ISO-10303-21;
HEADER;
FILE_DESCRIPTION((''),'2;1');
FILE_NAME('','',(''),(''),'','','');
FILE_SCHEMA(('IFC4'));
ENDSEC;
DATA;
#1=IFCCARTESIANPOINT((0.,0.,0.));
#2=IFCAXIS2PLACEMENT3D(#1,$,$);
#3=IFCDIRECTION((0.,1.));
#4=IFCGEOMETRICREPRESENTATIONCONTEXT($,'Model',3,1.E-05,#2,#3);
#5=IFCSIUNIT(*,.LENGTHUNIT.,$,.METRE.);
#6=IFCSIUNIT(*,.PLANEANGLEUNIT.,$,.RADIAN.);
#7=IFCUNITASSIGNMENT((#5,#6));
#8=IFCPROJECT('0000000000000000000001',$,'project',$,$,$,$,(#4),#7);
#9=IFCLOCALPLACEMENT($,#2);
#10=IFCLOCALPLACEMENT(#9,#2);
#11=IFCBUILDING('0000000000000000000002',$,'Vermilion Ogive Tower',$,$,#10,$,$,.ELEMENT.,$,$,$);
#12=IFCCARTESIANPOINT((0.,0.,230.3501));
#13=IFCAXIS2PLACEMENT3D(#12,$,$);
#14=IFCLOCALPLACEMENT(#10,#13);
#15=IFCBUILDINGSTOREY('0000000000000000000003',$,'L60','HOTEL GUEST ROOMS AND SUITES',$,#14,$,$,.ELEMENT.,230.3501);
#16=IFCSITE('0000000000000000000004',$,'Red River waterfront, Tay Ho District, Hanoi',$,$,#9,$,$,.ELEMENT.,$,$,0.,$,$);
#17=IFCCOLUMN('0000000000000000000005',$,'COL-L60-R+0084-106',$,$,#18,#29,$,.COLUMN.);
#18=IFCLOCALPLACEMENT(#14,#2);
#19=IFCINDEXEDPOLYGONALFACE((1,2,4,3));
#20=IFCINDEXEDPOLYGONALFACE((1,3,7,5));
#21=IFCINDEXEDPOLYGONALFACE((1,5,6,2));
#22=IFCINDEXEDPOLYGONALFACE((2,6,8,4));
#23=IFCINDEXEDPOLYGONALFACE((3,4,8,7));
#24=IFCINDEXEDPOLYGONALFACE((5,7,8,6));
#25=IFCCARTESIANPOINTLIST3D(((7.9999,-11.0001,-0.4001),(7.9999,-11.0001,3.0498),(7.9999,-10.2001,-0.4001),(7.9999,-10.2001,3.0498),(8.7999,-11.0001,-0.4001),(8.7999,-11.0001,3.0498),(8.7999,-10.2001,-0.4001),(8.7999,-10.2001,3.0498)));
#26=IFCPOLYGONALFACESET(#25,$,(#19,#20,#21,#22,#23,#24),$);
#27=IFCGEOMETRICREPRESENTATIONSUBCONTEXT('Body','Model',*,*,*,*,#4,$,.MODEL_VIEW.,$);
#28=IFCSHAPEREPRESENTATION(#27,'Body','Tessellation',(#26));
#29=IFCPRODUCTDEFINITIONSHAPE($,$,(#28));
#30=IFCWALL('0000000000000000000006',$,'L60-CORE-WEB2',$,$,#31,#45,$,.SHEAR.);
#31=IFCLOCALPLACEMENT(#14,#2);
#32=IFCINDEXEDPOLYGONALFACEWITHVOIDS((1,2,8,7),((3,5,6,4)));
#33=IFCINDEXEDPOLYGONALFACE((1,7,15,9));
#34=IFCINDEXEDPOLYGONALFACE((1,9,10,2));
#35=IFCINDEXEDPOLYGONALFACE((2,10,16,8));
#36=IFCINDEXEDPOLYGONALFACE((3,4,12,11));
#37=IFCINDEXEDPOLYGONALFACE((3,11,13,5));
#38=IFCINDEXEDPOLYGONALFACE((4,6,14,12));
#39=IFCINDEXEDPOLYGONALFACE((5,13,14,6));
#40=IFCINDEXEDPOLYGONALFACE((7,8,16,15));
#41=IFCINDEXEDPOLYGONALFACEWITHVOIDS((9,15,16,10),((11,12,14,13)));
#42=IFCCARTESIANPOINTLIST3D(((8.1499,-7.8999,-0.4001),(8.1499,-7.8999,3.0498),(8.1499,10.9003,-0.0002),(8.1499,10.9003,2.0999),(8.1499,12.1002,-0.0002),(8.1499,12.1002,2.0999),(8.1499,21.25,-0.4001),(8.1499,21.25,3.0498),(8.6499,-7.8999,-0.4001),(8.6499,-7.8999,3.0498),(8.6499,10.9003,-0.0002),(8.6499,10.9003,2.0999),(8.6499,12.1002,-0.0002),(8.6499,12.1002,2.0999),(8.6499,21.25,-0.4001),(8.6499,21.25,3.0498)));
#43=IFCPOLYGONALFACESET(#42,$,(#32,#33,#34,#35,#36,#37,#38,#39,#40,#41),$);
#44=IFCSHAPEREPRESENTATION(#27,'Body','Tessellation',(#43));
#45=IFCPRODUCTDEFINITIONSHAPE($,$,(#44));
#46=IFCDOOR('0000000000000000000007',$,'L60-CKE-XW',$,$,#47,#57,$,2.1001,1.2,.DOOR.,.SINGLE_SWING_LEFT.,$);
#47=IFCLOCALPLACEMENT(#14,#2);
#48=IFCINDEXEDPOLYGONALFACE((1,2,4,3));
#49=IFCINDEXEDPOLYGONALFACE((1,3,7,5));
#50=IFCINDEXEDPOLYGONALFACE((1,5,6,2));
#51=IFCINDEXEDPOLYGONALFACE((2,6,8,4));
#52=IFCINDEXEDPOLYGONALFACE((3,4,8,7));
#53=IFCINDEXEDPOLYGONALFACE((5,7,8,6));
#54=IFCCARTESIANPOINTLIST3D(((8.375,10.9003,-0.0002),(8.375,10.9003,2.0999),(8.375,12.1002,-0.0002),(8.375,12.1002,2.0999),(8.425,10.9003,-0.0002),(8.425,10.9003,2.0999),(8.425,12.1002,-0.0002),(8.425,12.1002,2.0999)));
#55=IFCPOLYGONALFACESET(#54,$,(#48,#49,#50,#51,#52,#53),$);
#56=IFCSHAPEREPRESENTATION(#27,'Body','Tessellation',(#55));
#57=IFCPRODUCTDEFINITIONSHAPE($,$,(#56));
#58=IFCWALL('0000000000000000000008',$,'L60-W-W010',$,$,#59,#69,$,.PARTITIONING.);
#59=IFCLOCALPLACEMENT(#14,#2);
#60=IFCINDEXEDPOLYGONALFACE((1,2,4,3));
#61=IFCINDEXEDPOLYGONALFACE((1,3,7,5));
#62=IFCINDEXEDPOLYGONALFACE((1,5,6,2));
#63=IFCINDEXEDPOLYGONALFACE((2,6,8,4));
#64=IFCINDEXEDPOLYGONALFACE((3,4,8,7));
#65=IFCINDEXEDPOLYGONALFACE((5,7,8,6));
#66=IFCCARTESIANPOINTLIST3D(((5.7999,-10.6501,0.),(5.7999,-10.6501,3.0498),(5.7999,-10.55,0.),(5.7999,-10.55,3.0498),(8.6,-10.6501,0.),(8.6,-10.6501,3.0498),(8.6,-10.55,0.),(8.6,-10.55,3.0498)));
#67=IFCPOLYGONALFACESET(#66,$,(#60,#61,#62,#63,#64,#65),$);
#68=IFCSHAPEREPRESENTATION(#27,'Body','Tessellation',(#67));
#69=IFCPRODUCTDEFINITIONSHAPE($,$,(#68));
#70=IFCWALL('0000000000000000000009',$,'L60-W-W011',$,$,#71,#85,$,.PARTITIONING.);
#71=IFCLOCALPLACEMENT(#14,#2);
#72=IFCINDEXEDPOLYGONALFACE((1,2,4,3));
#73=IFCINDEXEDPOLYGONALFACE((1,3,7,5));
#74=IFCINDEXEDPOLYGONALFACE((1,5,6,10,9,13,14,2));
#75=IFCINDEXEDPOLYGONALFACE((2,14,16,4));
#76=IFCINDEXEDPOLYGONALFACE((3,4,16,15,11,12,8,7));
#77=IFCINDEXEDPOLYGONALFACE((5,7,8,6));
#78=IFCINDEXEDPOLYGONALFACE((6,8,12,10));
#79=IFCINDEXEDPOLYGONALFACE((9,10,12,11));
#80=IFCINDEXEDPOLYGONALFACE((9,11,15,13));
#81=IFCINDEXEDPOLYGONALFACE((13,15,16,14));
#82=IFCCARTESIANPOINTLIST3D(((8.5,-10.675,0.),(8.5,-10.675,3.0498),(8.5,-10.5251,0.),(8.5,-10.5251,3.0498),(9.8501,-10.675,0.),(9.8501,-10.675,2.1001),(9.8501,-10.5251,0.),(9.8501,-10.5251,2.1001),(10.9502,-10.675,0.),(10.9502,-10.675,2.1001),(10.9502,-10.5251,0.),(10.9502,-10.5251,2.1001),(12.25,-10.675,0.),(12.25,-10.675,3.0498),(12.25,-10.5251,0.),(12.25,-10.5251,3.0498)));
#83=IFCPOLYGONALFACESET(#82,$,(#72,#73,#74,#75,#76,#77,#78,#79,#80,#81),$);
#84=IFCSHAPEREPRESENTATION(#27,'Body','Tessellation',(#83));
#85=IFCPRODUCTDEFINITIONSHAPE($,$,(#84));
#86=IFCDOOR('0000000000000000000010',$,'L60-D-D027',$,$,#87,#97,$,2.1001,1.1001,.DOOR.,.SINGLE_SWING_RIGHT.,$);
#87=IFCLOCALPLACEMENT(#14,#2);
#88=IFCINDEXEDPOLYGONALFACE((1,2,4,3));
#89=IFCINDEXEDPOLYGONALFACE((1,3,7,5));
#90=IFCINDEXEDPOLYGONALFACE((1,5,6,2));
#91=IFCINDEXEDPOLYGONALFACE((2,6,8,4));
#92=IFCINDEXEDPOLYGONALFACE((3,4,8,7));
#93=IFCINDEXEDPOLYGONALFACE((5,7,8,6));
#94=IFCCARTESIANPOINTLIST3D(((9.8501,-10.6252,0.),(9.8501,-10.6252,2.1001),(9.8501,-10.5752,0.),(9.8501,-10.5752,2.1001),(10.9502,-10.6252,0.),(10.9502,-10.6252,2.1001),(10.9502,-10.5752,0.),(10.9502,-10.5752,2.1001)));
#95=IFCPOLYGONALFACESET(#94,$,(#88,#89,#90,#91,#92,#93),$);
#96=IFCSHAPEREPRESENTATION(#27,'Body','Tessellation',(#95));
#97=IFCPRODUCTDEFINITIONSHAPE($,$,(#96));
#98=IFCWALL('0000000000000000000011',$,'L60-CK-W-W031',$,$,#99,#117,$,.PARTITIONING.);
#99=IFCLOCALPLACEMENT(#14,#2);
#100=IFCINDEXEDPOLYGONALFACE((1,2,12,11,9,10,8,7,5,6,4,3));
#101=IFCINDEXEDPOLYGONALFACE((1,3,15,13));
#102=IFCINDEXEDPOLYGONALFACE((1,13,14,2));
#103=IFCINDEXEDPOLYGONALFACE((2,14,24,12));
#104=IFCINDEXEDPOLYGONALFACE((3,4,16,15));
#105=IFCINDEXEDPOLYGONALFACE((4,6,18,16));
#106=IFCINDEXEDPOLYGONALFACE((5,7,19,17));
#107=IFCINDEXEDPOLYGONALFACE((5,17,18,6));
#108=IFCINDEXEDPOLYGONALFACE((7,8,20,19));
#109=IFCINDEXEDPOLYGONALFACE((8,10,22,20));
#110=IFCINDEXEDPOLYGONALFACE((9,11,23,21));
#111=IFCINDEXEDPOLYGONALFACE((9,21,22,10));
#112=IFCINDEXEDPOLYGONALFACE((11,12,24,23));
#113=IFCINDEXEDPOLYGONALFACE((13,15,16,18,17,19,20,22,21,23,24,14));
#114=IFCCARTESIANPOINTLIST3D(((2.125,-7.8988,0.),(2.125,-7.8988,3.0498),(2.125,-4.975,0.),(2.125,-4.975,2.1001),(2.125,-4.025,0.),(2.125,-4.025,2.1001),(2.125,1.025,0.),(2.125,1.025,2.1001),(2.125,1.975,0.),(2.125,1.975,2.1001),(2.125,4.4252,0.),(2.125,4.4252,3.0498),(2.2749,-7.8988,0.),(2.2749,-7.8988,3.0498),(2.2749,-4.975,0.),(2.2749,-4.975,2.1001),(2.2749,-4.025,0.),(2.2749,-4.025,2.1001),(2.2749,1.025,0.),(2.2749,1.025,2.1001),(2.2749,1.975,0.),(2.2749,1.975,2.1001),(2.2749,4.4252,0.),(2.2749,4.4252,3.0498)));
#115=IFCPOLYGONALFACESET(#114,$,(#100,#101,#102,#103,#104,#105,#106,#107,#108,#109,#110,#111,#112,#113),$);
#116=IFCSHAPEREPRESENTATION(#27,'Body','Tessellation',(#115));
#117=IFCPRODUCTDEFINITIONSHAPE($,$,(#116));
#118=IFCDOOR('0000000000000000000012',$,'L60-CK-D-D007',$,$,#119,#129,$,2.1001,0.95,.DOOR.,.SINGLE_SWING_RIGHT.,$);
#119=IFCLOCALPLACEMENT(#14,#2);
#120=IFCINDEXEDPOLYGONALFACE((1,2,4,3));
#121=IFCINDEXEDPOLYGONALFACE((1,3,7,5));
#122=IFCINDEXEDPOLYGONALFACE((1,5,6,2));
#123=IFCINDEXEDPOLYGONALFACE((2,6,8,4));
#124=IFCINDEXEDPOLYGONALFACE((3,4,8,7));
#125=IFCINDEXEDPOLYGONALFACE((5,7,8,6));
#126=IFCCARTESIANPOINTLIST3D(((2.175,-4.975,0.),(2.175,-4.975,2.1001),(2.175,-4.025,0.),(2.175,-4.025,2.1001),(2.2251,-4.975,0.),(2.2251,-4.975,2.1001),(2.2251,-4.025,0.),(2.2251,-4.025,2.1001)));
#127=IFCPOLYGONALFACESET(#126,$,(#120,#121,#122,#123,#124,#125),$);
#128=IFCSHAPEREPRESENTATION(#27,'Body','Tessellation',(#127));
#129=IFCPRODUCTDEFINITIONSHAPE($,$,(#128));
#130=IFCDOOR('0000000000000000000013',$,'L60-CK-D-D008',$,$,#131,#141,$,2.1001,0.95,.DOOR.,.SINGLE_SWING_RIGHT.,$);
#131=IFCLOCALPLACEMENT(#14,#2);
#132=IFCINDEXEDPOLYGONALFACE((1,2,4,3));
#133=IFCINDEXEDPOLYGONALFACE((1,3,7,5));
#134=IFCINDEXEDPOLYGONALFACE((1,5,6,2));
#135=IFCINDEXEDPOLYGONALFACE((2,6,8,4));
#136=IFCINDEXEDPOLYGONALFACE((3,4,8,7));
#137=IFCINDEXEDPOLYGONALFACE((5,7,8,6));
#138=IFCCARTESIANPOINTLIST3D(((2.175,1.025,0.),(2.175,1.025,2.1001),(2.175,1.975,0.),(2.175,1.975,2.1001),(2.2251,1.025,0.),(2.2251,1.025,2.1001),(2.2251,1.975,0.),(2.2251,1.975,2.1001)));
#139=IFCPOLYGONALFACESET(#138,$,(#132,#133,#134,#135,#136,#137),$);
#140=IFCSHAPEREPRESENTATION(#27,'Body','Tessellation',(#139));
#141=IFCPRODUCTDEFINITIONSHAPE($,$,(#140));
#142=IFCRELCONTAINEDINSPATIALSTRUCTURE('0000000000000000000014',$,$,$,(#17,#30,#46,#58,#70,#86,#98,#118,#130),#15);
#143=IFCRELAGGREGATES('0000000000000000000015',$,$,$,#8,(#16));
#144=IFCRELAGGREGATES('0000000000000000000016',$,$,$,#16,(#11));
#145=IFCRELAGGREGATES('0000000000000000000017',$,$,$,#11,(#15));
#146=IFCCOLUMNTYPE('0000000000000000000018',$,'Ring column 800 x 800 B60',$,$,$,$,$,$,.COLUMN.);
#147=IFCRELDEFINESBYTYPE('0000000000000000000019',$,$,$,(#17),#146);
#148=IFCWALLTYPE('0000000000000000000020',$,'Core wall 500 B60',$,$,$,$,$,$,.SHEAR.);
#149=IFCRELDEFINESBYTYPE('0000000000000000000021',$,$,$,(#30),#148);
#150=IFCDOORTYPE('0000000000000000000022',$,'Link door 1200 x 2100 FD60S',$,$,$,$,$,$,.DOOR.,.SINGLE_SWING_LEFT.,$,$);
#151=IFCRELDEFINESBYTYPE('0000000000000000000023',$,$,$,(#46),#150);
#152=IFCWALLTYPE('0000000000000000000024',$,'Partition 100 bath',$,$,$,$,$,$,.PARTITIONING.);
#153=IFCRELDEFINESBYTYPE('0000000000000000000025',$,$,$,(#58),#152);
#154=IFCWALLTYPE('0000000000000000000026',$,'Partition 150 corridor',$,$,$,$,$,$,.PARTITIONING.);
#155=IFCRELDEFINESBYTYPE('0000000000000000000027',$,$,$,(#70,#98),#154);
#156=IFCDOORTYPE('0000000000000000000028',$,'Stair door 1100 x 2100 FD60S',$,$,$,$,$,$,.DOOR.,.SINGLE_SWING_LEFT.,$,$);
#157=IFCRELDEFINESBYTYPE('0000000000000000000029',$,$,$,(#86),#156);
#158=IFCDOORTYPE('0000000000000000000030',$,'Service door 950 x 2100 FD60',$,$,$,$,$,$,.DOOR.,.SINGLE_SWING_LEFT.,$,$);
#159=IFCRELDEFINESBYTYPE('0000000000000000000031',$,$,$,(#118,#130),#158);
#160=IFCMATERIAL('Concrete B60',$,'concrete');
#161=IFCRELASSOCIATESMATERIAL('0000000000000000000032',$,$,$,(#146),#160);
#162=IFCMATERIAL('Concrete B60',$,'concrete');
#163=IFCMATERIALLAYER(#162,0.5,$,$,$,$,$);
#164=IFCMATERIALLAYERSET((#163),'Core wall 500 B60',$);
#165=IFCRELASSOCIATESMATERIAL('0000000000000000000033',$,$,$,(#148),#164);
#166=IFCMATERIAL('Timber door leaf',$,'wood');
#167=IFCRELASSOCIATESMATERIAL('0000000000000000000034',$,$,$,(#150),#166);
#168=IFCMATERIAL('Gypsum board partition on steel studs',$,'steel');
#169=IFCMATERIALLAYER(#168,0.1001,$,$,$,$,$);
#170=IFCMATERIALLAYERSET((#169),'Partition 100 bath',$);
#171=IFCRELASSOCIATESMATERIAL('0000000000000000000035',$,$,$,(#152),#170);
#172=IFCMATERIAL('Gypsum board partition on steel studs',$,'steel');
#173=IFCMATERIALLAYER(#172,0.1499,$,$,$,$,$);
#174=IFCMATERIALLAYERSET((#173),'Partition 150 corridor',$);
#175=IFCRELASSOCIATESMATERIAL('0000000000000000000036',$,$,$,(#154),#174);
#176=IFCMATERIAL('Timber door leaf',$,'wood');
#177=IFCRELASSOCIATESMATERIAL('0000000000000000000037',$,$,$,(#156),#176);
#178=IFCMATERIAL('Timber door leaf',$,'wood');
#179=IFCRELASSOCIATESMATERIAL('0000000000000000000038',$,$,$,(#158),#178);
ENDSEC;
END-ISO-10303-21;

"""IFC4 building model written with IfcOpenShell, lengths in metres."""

from ifc_helpers import new_model, si_unit, direction, frame, frame_2d, origin, origin_2d, place, context, subcontext, project, spatial, rectangle, extrude, material, layer, layer_set, material_profile, profile_set, type_object, element, fill, save


model = new_model("IFC4")

# Units and contexts
model_context = context("Model", 3, precision=1e-05, world=origin(), true_north=direction((0.0, 1.0)))
body_context = subcontext(model_context, "Body", "Model", "MODEL_VIEW")
ifc_project = project(units=[si_unit("LENGTHUNIT", "METRE"), si_unit("PLANEANGLEUNIT", "RADIAN")], contexts=[model_context])

# Site, building, storey
site_placement = place(None, origin())
site = spatial("IfcSite", under=ifc_project, at=site_placement, Name="Red River waterfront, Tay Ho District, Hanoi", CompositionType="ELEMENT", RefElevation=0.0)
building_placement = place(site_placement, origin())
building = spatial("IfcBuilding", under=site, at=building_placement, Name="Vermilion Ogive Tower", CompositionType="ELEMENT")
storey_placement = place(building_placement, frame((0.0, 0.0, 230.3501)))
storey = spatial("IfcBuildingStorey", under=building, at=storey_placement, Name="L60", Description="HOTEL GUEST ROOMS AND SUITES", CompositionType="ELEMENT", Elevation=230.3501)

# Column
ifc_material_1 = material(Name="Concrete B60", Category="concrete")
ifc_material_profile = material_profile(ifc_material_1, rectangle(XDim=0.8, YDim=0.8, at=origin_2d()), Name="800 x 800")
ifc_profile_set = profile_set([ifc_material_profile], Name="Concrete B60")
column_type = type_object("IfcColumnType", Name="Ring column 800 x 800 B60", PredefinedType="COLUMN", material=ifc_profile_set)
column_placement = place(storey_placement, frame((8.3999, -10.6001, -0.4001), z_axis=(0.0, 0.0, 1.0), x_axis=(1.0, 0.0, 0.0)))
element("IfcColumn", 1, at=column_placement, inside=storey, type_object=column_type, Name="COL-L60-R+0084-106", PredefinedType="COLUMN", context=body_context, shape_type="SweptSolid", body=[
    extrude(rectangle(XDim=0.8, YDim=0.8, at=origin_2d()), origin(), (0.0, 0.0, 1.0), 3.45),
])

# Wall, opening, door
ifc_material_2 = material(Name="Concrete B60", Category="concrete")
ifc_layer_1 = layer(ifc_material_2, 0.5)
ifc_layer_set_1 = layer_set([ifc_layer_1], Name="Core wall 500 B60")
wall_type_1 = type_object("IfcWallType", Name="Core wall 500 B60", PredefinedType="SHEAR", material=ifc_layer_set_1)
wall_1_placement = place(storey_placement, frame((8.3999, -7.8999, -0.4001), z_axis=(0.0, 0.0, 1.0), x_axis=(0.0, 1.0, 0.0)))
wall_1 = element("IfcWall", 2, at=wall_1_placement, inside=storey, type_object=wall_type_1, Name="L60-CORE-WEB2", PredefinedType="SHEAR", context=body_context, shape_type="SweptSolid", body=[
    extrude(rectangle(XDim=29.1499, YDim=0.5, at=frame_2d((14.575, 0.0))), origin(), (0.0, 0.0, 1.0), 3.45),
])
opening_1_placement = place(wall_1_placement, frame((18.8, 0.0, 0.3999)))
opening_1 = element("IfcOpeningElement", 3, at=opening_1_placement, cuts=wall_1, PredefinedType="OPENING", context=body_context, shape_type="SweptSolid", body=[
    extrude(rectangle(XDim=1.2, YDim=2.1001, at=frame_2d((0.6001, 1.05))), frame((0.0, 0.26, 0.0), z_axis=(0.0, -1.0, 0.0), x_axis=(1.0, 0.0, 0.0)), (0.0, 0.0, 1.0), 0.52),
])
ifc_material_3 = material(Name="Timber door leaf", Category="wood")
door_type_1 = type_object("IfcDoorType", Name="Link door 1200 x 2100 FD60S", OperationType="SINGLE_SWING_LEFT", PredefinedType="DOOR", material=ifc_material_3)
door_1_placement = place(opening_1_placement, origin())
door_1 = element("IfcDoor", 4, at=door_1_placement, inside=storey, type_object=door_type_1, Name="L60-CKE-XW", OperationType="SINGLE_SWING_LEFT", OverallHeight=2.1001, OverallWidth=1.2, PredefinedType="DOOR", context=body_context, shape_type="SweptSolid", body=[
    extrude(rectangle(XDim=1.2, YDim=2.1001, at=frame_2d((0.6001, 1.05))), frame((0.0, 0.0249, 0.0), z_axis=(0.0, -1.0, 0.0), x_axis=(1.0, 0.0, 0.0)), (0.0, 0.0, 1.0), 0.05),
])
fill(opening_1, door_1)

# Wall
ifc_material_4 = material(Name="Gypsum board partition on steel studs", Category="steel")
ifc_layer_2 = layer(ifc_material_4, 0.1001)
ifc_layer_set_2 = layer_set([ifc_layer_2], Name="Partition 100 bath")
wall_type_2 = type_object("IfcWallType", Name="Partition 100 bath", PredefinedType="PARTITIONING", material=ifc_layer_set_2)
wall_2_placement = place(storey_placement, frame((5.8, -10.6001, 0.0), z_axis=(0.0, 0.0, 1.0), x_axis=(1.0, 0.0, 0.0)))
element("IfcWall", 5, at=wall_2_placement, inside=storey, type_object=wall_type_2, Name="L60-W-W010", PredefinedType="PARTITIONING", context=body_context, shape_type="SweptSolid", body=[
    extrude(rectangle(XDim=2.8, YDim=0.1001, at=frame_2d((1.3999, 0.0))), origin(), (0.0, 0.0, 1.0), 3.0498),
])

# Wall, opening, door
ifc_material_5 = material(Name="Gypsum board partition on steel studs", Category="steel")
ifc_layer_3 = layer(ifc_material_5, 0.1499)
ifc_layer_set_3 = layer_set([ifc_layer_3], Name="Partition 150 corridor")
wall_type_3 = type_object("IfcWallType", Name="Partition 150 corridor", PredefinedType="PARTITIONING", material=ifc_layer_set_3)
wall_3_placement = place(storey_placement, frame((8.5, -10.6001, 0.0), z_axis=(0.0, 0.0, 1.0), x_axis=(1.0, 0.0, 0.0)))
wall_3 = element("IfcWall", 6, at=wall_3_placement, inside=storey, type_object=wall_type_3, Name="L60-W-W011", PredefinedType="PARTITIONING", context=body_context, shape_type="SweptSolid", body=[
    extrude(rectangle(XDim=3.75, YDim=0.1499, at=frame_2d((1.875, 0.0))), origin(), (0.0, 0.0, 1.0), 3.0498),
])
opening_2_placement = place(wall_3_placement, frame((1.3501, 0.0, 0.0)))
opening_2 = element("IfcOpeningElement", 7, at=opening_2_placement, cuts=wall_3, PredefinedType="OPENING", context=body_context, shape_type="SweptSolid", body=[
    extrude(rectangle(XDim=1.1001, YDim=2.1001, at=frame_2d((0.55, 1.05))), frame((0.0, 0.085, 0.0), z_axis=(0.0, -1.0, 0.0), x_axis=(1.0, 0.0, 0.0)), (0.0, 0.0, 1.0), 0.1699),
])
ifc_material_6 = material(Name="Timber door leaf", Category="wood")
door_type_2 = type_object("IfcDoorType", Name="Stair door 1100 x 2100 FD60S", OperationType="SINGLE_SWING_LEFT", PredefinedType="DOOR", material=ifc_material_6)
door_2_placement = place(opening_2_placement, origin())
door_2 = element("IfcDoor", 8, at=door_2_placement, inside=storey, type_object=door_type_2, Name="L60-D-D027", OperationType="SINGLE_SWING_RIGHT", OverallHeight=2.1001, OverallWidth=1.1001, PredefinedType="DOOR", context=body_context, shape_type="SweptSolid", body=[
    extrude(rectangle(XDim=1.1001, YDim=2.1001, at=frame_2d((0.55, 1.05))), frame((0.0, 0.0249, 0.0), z_axis=(0.0, -1.0, 0.0), x_axis=(1.0, 0.0, 0.0)), (0.0, 0.0, 1.0), 0.05),
])
fill(opening_2, door_2)

# Wall, openings, doors
wall_4_placement = place(storey_placement, frame((2.2, -7.8989, 0.0), z_axis=(0.0, 0.0, 1.0), x_axis=(0.0, 1.0, 0.0)))
wall_4 = element("IfcWall", 9, at=wall_4_placement, inside=storey, type_object=wall_type_3, Name="L60-CK-W-W031", PredefinedType="PARTITIONING", context=body_context, shape_type="SweptSolid", body=[
    extrude(rectangle(XDim=12.324, YDim=0.1499, at=frame_2d((6.1621, 0.0))), origin(), (0.0, 0.0, 1.0), 3.0498),
])
opening_3_placement = place(wall_4_placement, frame((2.9238, 0.0, 0.0)))
opening_3 = element("IfcOpeningElement", 10, at=opening_3_placement, cuts=wall_4, PredefinedType="OPENING", context=body_context, shape_type="SweptSolid", body=[
    extrude(rectangle(XDim=0.95, YDim=2.1001, at=frame_2d((0.4751, 1.05))), frame((0.0, 0.085, 0.0), z_axis=(0.0, -1.0, 0.0), x_axis=(1.0, 0.0, 0.0)), (0.0, 0.0, 1.0), 0.1699),
])
opening_4_placement = place(wall_4_placement, frame((8.9238, 0.0, 0.0)))
opening_4 = element("IfcOpeningElement", 11, at=opening_4_placement, cuts=wall_4, PredefinedType="OPENING", context=body_context, shape_type="SweptSolid", body=[
    extrude(rectangle(XDim=0.95, YDim=2.1001, at=frame_2d((0.4751, 1.05))), frame((0.0, 0.085, 0.0), z_axis=(0.0, -1.0, 0.0), x_axis=(1.0, 0.0, 0.0)), (0.0, 0.0, 1.0), 0.1699),
])
ifc_material_7 = material(Name="Timber door leaf", Category="wood")
door_type_3 = type_object("IfcDoorType", Name="Service door 950 x 2100 FD60", OperationType="SINGLE_SWING_LEFT", PredefinedType="DOOR", material=ifc_material_7)
door_3_placement = place(opening_3_placement, origin())
door_3 = element("IfcDoor", 12, at=door_3_placement, inside=storey, type_object=door_type_3, Name="L60-CK-D-D007", OperationType="SINGLE_SWING_RIGHT", OverallHeight=2.1001, OverallWidth=0.95, PredefinedType="DOOR", context=body_context, shape_type="SweptSolid", body=[
    extrude(rectangle(XDim=0.95, YDim=2.1001, at=frame_2d((0.4751, 1.05))), frame((0.0, 0.0249, 0.0), z_axis=(0.0, -1.0, 0.0), x_axis=(1.0, 0.0, 0.0)), (0.0, 0.0, 1.0), 0.05),
])
fill(opening_3, door_3)
door_4_placement = place(opening_4_placement, origin())
door_4 = element("IfcDoor", 13, at=door_4_placement, inside=storey, type_object=door_type_3, Name="L60-CK-D-D008", OperationType="SINGLE_SWING_RIGHT", OverallHeight=2.1001, OverallWidth=0.95, PredefinedType="DOOR", context=body_context, shape_type="SweptSolid", body=[
    extrude(rectangle(XDim=0.95, YDim=2.1001, at=frame_2d((0.4751, 1.05))), frame((0.0, 0.0249, 0.0), z_axis=(0.0, -1.0, 0.0), x_axis=(1.0, 0.0, 0.0)), (0.0, 0.0, 1.0), 0.05),
])
fill(opening_4, door_4)

save(model, "model.ifc")
